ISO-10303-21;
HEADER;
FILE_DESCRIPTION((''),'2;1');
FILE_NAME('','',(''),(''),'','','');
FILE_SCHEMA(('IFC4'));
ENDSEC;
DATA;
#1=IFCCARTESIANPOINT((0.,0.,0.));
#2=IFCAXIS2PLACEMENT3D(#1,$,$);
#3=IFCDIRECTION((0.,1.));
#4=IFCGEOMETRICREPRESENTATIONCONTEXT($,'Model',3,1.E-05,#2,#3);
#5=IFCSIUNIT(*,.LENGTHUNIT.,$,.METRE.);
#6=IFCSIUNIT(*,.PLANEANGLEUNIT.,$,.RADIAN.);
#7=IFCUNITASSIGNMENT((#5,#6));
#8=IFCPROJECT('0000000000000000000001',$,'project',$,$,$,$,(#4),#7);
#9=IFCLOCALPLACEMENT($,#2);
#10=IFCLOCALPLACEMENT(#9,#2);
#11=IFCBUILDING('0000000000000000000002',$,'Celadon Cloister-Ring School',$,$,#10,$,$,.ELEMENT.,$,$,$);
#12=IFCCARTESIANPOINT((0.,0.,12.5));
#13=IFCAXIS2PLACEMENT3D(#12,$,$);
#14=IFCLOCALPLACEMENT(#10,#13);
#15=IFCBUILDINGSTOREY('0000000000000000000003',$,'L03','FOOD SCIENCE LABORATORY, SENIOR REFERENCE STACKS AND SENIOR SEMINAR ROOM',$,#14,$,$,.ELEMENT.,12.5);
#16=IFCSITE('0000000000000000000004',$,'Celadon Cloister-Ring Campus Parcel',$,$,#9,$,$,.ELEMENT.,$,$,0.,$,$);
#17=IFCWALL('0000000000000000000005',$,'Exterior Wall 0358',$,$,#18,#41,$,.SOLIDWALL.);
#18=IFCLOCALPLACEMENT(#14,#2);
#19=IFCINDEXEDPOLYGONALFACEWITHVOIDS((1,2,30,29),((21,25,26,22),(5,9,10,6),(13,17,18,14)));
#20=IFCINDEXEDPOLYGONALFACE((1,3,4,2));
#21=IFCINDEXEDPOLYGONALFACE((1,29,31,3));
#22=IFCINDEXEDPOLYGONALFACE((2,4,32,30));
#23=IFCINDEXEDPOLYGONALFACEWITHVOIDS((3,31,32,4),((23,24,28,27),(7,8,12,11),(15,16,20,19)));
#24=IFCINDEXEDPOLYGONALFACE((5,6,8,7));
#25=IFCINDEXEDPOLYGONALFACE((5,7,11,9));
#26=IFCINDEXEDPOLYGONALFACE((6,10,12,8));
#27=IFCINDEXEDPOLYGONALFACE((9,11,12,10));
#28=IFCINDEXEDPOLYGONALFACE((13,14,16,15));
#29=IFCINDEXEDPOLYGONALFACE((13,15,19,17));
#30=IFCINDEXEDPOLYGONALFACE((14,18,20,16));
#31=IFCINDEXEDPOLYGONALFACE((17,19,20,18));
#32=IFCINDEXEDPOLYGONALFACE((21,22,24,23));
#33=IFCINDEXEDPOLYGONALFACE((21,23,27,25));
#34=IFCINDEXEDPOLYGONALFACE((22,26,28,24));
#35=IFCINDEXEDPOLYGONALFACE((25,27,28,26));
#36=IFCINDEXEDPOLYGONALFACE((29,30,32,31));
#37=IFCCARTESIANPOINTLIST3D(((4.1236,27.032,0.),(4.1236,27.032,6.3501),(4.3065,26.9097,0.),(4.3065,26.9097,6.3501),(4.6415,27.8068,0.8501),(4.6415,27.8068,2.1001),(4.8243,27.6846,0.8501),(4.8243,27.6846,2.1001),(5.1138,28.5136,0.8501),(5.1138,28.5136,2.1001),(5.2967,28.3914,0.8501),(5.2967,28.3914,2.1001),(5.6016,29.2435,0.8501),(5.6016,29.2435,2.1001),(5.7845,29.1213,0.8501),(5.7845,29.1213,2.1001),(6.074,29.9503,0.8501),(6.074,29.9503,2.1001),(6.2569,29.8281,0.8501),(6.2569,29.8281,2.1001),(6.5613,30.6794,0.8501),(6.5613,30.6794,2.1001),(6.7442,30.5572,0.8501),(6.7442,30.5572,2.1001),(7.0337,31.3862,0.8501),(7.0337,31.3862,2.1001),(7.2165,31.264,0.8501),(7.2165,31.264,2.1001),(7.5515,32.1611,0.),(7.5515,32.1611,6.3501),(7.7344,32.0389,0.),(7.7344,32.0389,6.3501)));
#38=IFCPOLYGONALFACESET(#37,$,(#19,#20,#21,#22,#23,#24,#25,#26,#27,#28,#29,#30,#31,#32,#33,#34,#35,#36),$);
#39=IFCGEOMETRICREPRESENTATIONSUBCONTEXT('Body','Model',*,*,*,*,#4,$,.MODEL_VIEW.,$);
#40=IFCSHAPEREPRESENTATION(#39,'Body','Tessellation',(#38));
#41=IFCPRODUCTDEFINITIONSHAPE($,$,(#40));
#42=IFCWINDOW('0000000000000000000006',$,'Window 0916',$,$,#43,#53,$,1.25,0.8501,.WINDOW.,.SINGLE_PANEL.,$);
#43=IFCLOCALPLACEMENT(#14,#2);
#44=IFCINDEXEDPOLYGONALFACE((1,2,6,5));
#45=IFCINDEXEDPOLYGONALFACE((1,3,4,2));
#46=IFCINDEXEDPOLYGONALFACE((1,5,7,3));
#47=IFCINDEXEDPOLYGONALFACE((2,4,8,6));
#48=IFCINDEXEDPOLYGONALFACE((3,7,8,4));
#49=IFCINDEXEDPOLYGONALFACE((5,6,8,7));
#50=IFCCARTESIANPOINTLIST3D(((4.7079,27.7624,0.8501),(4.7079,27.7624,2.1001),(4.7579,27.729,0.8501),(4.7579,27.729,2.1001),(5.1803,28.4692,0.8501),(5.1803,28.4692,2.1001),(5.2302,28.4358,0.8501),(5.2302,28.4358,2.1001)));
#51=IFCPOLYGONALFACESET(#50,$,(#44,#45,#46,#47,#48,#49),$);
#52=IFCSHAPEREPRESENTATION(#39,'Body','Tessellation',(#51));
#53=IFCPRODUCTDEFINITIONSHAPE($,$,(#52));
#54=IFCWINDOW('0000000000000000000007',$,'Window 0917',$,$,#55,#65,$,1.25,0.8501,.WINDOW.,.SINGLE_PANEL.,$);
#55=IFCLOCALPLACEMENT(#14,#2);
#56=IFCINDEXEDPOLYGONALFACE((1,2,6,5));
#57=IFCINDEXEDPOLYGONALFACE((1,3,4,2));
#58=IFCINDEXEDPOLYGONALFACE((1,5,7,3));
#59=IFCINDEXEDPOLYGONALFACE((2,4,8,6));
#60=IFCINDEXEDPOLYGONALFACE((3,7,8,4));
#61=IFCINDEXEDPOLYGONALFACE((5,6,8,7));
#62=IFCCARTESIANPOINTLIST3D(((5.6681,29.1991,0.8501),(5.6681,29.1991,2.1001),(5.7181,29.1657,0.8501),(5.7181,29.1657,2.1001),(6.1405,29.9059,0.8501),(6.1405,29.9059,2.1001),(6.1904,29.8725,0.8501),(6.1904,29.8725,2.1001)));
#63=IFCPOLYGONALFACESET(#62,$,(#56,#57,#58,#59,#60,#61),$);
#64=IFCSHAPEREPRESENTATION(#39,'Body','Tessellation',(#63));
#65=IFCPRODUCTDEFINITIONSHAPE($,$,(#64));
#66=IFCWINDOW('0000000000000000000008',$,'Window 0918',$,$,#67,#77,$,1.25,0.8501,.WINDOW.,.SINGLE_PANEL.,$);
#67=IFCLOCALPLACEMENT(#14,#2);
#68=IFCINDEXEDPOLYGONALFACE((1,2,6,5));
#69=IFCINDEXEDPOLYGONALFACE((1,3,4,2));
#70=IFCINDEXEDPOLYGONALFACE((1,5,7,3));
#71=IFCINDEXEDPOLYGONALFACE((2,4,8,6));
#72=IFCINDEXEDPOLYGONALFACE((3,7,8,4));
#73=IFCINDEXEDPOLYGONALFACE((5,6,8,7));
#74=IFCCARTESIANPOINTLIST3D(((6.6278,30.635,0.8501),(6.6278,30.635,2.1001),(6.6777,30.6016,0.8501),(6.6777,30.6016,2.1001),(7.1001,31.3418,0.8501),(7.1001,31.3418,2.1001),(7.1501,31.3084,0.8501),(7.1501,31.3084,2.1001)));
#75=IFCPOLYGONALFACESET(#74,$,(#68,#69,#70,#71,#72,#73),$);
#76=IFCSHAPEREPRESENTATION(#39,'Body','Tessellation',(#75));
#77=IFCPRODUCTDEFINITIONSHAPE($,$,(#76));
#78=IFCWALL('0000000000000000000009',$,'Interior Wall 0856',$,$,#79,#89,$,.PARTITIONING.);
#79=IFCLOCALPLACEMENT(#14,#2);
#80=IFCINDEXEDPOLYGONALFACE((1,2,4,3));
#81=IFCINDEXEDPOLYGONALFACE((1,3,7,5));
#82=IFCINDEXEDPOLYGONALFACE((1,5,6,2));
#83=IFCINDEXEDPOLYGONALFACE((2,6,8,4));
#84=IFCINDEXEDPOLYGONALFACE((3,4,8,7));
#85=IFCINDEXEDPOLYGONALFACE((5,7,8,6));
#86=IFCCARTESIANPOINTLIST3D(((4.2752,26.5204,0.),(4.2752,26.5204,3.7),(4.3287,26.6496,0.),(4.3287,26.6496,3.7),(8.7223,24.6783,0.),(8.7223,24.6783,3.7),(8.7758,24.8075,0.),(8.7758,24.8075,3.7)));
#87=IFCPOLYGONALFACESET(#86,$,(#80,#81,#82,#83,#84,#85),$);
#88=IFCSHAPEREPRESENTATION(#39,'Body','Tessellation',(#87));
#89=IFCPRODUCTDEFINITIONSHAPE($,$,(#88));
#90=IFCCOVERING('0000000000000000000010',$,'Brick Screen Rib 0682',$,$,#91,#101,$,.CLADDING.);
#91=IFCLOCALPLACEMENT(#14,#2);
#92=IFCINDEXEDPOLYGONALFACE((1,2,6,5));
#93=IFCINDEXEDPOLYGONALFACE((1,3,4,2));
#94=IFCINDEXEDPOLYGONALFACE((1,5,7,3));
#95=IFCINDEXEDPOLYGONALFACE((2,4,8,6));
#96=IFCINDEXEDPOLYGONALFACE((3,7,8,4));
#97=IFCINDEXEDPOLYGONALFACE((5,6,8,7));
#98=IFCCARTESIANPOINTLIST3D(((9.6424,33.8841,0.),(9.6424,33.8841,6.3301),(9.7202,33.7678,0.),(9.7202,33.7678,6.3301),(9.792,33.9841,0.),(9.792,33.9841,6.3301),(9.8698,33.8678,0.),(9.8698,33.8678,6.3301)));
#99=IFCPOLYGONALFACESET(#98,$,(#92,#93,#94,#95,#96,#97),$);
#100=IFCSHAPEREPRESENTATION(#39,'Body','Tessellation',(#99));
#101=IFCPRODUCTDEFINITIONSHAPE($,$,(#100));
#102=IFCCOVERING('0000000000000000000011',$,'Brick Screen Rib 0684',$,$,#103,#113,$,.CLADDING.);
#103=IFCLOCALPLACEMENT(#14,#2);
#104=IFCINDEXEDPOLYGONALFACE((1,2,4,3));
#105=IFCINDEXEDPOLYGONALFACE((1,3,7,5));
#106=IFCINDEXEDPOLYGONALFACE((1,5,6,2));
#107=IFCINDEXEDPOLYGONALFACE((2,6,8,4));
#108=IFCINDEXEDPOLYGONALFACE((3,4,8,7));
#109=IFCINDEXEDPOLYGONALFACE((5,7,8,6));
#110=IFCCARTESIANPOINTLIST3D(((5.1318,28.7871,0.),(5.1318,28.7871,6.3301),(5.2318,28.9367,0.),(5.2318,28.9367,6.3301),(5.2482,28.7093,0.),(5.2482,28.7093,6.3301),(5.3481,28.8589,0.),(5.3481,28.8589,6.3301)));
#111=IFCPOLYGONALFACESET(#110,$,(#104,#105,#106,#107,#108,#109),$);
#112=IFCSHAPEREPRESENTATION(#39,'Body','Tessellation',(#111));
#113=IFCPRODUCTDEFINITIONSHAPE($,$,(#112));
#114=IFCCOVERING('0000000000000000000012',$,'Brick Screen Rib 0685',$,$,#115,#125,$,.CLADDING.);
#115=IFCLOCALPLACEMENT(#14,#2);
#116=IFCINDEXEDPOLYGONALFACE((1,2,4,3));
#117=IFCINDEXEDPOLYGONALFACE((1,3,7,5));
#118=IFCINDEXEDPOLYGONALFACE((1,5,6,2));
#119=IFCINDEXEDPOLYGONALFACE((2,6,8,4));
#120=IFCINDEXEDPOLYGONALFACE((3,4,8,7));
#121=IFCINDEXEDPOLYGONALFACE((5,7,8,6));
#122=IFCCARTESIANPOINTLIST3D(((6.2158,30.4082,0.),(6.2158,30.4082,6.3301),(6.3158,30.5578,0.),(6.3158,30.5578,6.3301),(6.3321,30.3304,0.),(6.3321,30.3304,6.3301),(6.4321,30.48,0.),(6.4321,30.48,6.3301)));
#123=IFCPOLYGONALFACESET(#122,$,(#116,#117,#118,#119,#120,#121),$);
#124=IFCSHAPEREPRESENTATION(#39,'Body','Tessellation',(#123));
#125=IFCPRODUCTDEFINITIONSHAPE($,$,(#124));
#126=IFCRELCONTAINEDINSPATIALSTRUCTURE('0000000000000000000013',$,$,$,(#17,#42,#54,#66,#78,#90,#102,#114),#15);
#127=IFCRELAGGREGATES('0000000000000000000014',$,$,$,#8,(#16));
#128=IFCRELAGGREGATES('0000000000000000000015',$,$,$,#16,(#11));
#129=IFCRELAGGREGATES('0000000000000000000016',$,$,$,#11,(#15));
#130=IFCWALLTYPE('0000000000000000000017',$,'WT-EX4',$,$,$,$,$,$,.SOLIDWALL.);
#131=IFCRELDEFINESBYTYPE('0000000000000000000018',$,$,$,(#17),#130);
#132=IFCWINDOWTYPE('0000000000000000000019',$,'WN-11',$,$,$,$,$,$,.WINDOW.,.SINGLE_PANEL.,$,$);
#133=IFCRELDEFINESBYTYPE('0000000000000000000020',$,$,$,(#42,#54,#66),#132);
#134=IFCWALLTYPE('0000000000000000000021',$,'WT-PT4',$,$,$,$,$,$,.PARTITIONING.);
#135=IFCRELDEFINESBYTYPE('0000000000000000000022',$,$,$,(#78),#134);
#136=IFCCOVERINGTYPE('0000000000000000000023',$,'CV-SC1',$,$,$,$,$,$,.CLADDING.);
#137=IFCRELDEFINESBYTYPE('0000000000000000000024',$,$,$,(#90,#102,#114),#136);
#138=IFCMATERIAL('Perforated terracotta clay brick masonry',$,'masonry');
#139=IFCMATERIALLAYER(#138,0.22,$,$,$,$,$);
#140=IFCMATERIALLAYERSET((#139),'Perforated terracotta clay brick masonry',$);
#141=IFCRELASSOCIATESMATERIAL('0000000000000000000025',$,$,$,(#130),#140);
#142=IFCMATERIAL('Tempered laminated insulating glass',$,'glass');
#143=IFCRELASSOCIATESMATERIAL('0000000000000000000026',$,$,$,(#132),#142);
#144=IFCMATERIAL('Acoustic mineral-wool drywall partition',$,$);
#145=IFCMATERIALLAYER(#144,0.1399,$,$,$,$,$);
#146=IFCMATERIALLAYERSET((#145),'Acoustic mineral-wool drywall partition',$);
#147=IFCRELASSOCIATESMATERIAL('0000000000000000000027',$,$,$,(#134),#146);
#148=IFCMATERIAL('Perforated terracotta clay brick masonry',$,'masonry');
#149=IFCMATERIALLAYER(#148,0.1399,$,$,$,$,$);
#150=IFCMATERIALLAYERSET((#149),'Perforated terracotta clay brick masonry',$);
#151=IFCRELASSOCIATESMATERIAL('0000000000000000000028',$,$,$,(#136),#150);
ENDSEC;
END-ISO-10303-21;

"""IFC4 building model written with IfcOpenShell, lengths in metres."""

from ifc_helpers import new_model, si_unit, direction, frame, frame_2d, origin, origin_2d, place, context, subcontext, project, spatial, rectangle, extrude, material, layer, layer_set, type_object, element, fill, save


model = new_model("IFC4")

# Units and contexts
model_context = context("Model", 3, precision=1e-05, world=origin(), true_north=direction((0.0, 1.0)))
body_context = subcontext(model_context, "Body", "Model", "MODEL_VIEW")
ifc_project = project(units=[si_unit("LENGTHUNIT", "METRE"), si_unit("PLANEANGLEUNIT", "RADIAN")], contexts=[model_context])

# Site, building, storey
site_placement = place(None, origin())
site = spatial("IfcSite", under=ifc_project, at=site_placement, Name="Celadon Cloister-Ring Campus Parcel", CompositionType="ELEMENT", RefElevation=0.0)
building_placement = place(site_placement, origin())
building = spatial("IfcBuilding", under=site, at=building_placement, Name="Celadon Cloister-Ring School", CompositionType="ELEMENT")
storey_placement = place(building_placement, frame((0.0, 0.0, 12.5)))
storey = spatial("IfcBuildingStorey", under=building, at=storey_placement, Name="L03", Description="FOOD SCIENCE LABORATORY, SENIOR REFERENCE STACKS AND SENIOR SEMINAR ROOM", CompositionType="ELEMENT", Elevation=12.5)

# Wall, openings, windows
ifc_material_1 = material(Name="Perforated terracotta clay brick masonry", Category="masonry")
ifc_layer_1 = layer(ifc_material_1, 0.22)
ifc_layer_set_1 = layer_set([ifc_layer_1], Name="Perforated terracotta clay brick masonry")
wall_type_1 = type_object("IfcWallType", Name="WT-EX4", PredefinedType="SOLIDWALL", material=ifc_layer_set_1)
ifc_material_2 = material(Name="Tempered laminated insulating glass", Category="glass")
window_type = type_object("IfcWindowType", Name="WN-11", PartitioningType="SINGLE_PANEL", PredefinedType="WINDOW", material=ifc_material_2)
wall_1_placement = place(storey_placement, frame((4.2151, 26.9709, 0.0), z_axis=(0.0, 0.0, 1.0), x_axis=(0.555659, 0.83141, 0.0)))
wall_1 = element("IfcWall", 1, at=wall_1_placement, inside=storey, type_object=wall_type_1, Name="Exterior Wall 0358", PredefinedType="SOLIDWALL", context=body_context, shape_type="SweptSolid", body=[
    extrude(rectangle(XDim=6.1692, YDim=0.22, at=frame_2d((3.0845, 0.0))), origin(), (0.0, 0.0, 1.0), 6.3501),
])
opening_1_placement = place(wall_1_placement, frame((0.9319, 0.0, 0.8501)))
opening_1 = element("IfcOpeningElement", 2, at=opening_1_placement, cuts=wall_1, PredefinedType="OPENING", context=body_context, shape_type="SweptSolid", body=[
    extrude(rectangle(XDim=0.8501, YDim=1.25, at=frame_2d((0.425, 0.625))), frame((0.0, 0.1201, 0.0), z_axis=(0.0, -1.0, 0.0), x_axis=(1.0, 0.0, 0.0)), (0.0, 0.0, 1.0), 0.24),
])
opening_2_placement = place(wall_1_placement, frame((2.6599, 0.0, 0.8501)))
opening_2 = element("IfcOpeningElement", 3, at=opening_2_placement, cuts=wall_1, PredefinedType="OPENING", context=body_context, shape_type="SweptSolid", body=[
    extrude(rectangle(XDim=0.8501, YDim=1.25, at=frame_2d((0.425, 0.625))), frame((0.0, 0.1201, 0.0), z_axis=(0.0, -1.0, 0.0), x_axis=(1.0, 0.0, 0.0)), (0.0, 0.0, 1.0), 0.24),
])
opening_3_placement = place(wall_1_placement, frame((4.387, 0.0, 0.8501)))
opening_3 = element("IfcOpeningElement", 4, at=opening_3_placement, cuts=wall_1, PredefinedType="OPENING", context=body_context, shape_type="SweptSolid", body=[
    extrude(rectangle(XDim=0.8501, YDim=1.25, at=frame_2d((0.425, 0.625))), frame((0.0, 0.1201, 0.0), z_axis=(0.0, -1.0, 0.0), x_axis=(1.0, 0.0, 0.0)), (0.0, 0.0, 1.0), 0.24),
])
window_1_placement = place(opening_1_placement, origin())
window_1 = element("IfcWindow", 5, at=window_1_placement, inside=storey, type_object=window_type, Name="Window 0916", OverallHeight=1.25, OverallWidth=0.8501, PartitioningType="SINGLE_PANEL", PredefinedType="WINDOW", context=body_context, shape_type="SweptSolid", body=[
    extrude(rectangle(XDim=0.8501, YDim=1.25, at=frame_2d((0.425, 0.625))), frame((0.0, 0.03, 0.0), z_axis=(0.0, -1.0, 0.0), x_axis=(1.0, 0.0, 0.0)), (0.0, 0.0, 1.0), 0.0601),
])
fill(opening_1, window_1)
window_2_placement = place(opening_2_placement, origin())
window_2 = element("IfcWindow", 6, at=window_2_placement, inside=storey, type_object=window_type, Name="Window 0917", OverallHeight=1.25, OverallWidth=0.8501, PartitioningType="SINGLE_PANEL", PredefinedType="WINDOW", context=body_context, shape_type="SweptSolid", body=[
    extrude(rectangle(XDim=0.8501, YDim=1.25, at=frame_2d((0.425, 0.625))), frame((0.0, 0.03, 0.0), z_axis=(0.0, -1.0, 0.0), x_axis=(1.0, 0.0, 0.0)), (0.0, 0.0, 1.0), 0.0601),
])
fill(opening_2, window_2)
window_3_placement = place(opening_3_placement, origin())
window_3 = element("IfcWindow", 7, at=window_3_placement, inside=storey, type_object=window_type, Name="Window 0918", OverallHeight=1.25, OverallWidth=0.8501, PartitioningType="SINGLE_PANEL", PredefinedType="WINDOW", context=body_context, shape_type="SweptSolid", body=[
    extrude(rectangle(XDim=0.8501, YDim=1.25, at=frame_2d((0.425, 0.625))), frame((0.0, 0.03, 0.0), z_axis=(0.0, -1.0, 0.0), x_axis=(1.0, 0.0, 0.0)), (0.0, 0.0, 1.0), 0.0601),
])
fill(opening_3, window_3)

# Wall
ifc_material_3 = material(Name="Acoustic mineral-wool drywall partition")
ifc_layer_2 = layer(ifc_material_3, 0.1399)
ifc_layer_set_2 = layer_set([ifc_layer_2], Name="Acoustic mineral-wool drywall partition")
wall_type_2 = type_object("IfcWallType", Name="WT-PT4", PredefinedType="PARTITIONING", material=ifc_layer_set_2)
wall_2_placement = place(storey_placement, frame((8.749, 24.7429, 0.0), z_axis=(0.0, 0.0, 1.0), x_axis=(-0.923878, 0.382688, 0.0)))
element("IfcWall", 8, at=wall_2_placement, inside=storey, type_object=wall_type_2, Name="Interior Wall 0856", PredefinedType="PARTITIONING", context=body_context, shape_type="SweptSolid", body=[
    extrude(rectangle(XDim=4.8135, YDim=0.1399, at=frame_2d((2.4067, 0.0))), origin(), (0.0, 0.0, 1.0), 3.7),
])

# Coverings
ifc_material_4 = material(Name="Perforated terracotta clay brick masonry", Category="masonry")
ifc_layer_3 = layer(ifc_material_4, 0.1399)
ifc_layer_set_3 = layer_set([ifc_layer_3], Name="Perforated terracotta clay brick masonry")
covering_type = type_object("IfcCoveringType", Name="CV-SC1", PredefinedType="CLADDING", material=ifc_layer_set_3)
for number, where, z_axis, x_axis, name in (
    (9, (9.7561, 33.876, 0.0), (0.0, 0.0, 1.0), (0.831402, 0.555672, 0.0), "Brick Screen Rib 0682"),
    (10, (5.24, 28.823, 0.0), (0.0, 0.0, 1.0), (0.555672, 0.831402, 0.0), "Brick Screen Rib 0684"),
    (11, (6.324, 30.4441, 0.0), (0.0, 0.0, 1.0), (0.555672, 0.831402, 0.0), "Brick Screen Rib 0685"),
):
    element("IfcCovering", number, at=place(storey_placement, frame(where, z_axis=z_axis, x_axis=x_axis)), inside=storey, type_object=covering_type, Name=name, PredefinedType="CLADDING", context=body_context, shape_type="SweptSolid", body=[
        extrude(rectangle(XDim=0.1799, YDim=0.1399, at=origin_2d()), origin(), (0.0, 0.0, 1.0), 6.3301),
    ])

save(model, "model.ifc")
